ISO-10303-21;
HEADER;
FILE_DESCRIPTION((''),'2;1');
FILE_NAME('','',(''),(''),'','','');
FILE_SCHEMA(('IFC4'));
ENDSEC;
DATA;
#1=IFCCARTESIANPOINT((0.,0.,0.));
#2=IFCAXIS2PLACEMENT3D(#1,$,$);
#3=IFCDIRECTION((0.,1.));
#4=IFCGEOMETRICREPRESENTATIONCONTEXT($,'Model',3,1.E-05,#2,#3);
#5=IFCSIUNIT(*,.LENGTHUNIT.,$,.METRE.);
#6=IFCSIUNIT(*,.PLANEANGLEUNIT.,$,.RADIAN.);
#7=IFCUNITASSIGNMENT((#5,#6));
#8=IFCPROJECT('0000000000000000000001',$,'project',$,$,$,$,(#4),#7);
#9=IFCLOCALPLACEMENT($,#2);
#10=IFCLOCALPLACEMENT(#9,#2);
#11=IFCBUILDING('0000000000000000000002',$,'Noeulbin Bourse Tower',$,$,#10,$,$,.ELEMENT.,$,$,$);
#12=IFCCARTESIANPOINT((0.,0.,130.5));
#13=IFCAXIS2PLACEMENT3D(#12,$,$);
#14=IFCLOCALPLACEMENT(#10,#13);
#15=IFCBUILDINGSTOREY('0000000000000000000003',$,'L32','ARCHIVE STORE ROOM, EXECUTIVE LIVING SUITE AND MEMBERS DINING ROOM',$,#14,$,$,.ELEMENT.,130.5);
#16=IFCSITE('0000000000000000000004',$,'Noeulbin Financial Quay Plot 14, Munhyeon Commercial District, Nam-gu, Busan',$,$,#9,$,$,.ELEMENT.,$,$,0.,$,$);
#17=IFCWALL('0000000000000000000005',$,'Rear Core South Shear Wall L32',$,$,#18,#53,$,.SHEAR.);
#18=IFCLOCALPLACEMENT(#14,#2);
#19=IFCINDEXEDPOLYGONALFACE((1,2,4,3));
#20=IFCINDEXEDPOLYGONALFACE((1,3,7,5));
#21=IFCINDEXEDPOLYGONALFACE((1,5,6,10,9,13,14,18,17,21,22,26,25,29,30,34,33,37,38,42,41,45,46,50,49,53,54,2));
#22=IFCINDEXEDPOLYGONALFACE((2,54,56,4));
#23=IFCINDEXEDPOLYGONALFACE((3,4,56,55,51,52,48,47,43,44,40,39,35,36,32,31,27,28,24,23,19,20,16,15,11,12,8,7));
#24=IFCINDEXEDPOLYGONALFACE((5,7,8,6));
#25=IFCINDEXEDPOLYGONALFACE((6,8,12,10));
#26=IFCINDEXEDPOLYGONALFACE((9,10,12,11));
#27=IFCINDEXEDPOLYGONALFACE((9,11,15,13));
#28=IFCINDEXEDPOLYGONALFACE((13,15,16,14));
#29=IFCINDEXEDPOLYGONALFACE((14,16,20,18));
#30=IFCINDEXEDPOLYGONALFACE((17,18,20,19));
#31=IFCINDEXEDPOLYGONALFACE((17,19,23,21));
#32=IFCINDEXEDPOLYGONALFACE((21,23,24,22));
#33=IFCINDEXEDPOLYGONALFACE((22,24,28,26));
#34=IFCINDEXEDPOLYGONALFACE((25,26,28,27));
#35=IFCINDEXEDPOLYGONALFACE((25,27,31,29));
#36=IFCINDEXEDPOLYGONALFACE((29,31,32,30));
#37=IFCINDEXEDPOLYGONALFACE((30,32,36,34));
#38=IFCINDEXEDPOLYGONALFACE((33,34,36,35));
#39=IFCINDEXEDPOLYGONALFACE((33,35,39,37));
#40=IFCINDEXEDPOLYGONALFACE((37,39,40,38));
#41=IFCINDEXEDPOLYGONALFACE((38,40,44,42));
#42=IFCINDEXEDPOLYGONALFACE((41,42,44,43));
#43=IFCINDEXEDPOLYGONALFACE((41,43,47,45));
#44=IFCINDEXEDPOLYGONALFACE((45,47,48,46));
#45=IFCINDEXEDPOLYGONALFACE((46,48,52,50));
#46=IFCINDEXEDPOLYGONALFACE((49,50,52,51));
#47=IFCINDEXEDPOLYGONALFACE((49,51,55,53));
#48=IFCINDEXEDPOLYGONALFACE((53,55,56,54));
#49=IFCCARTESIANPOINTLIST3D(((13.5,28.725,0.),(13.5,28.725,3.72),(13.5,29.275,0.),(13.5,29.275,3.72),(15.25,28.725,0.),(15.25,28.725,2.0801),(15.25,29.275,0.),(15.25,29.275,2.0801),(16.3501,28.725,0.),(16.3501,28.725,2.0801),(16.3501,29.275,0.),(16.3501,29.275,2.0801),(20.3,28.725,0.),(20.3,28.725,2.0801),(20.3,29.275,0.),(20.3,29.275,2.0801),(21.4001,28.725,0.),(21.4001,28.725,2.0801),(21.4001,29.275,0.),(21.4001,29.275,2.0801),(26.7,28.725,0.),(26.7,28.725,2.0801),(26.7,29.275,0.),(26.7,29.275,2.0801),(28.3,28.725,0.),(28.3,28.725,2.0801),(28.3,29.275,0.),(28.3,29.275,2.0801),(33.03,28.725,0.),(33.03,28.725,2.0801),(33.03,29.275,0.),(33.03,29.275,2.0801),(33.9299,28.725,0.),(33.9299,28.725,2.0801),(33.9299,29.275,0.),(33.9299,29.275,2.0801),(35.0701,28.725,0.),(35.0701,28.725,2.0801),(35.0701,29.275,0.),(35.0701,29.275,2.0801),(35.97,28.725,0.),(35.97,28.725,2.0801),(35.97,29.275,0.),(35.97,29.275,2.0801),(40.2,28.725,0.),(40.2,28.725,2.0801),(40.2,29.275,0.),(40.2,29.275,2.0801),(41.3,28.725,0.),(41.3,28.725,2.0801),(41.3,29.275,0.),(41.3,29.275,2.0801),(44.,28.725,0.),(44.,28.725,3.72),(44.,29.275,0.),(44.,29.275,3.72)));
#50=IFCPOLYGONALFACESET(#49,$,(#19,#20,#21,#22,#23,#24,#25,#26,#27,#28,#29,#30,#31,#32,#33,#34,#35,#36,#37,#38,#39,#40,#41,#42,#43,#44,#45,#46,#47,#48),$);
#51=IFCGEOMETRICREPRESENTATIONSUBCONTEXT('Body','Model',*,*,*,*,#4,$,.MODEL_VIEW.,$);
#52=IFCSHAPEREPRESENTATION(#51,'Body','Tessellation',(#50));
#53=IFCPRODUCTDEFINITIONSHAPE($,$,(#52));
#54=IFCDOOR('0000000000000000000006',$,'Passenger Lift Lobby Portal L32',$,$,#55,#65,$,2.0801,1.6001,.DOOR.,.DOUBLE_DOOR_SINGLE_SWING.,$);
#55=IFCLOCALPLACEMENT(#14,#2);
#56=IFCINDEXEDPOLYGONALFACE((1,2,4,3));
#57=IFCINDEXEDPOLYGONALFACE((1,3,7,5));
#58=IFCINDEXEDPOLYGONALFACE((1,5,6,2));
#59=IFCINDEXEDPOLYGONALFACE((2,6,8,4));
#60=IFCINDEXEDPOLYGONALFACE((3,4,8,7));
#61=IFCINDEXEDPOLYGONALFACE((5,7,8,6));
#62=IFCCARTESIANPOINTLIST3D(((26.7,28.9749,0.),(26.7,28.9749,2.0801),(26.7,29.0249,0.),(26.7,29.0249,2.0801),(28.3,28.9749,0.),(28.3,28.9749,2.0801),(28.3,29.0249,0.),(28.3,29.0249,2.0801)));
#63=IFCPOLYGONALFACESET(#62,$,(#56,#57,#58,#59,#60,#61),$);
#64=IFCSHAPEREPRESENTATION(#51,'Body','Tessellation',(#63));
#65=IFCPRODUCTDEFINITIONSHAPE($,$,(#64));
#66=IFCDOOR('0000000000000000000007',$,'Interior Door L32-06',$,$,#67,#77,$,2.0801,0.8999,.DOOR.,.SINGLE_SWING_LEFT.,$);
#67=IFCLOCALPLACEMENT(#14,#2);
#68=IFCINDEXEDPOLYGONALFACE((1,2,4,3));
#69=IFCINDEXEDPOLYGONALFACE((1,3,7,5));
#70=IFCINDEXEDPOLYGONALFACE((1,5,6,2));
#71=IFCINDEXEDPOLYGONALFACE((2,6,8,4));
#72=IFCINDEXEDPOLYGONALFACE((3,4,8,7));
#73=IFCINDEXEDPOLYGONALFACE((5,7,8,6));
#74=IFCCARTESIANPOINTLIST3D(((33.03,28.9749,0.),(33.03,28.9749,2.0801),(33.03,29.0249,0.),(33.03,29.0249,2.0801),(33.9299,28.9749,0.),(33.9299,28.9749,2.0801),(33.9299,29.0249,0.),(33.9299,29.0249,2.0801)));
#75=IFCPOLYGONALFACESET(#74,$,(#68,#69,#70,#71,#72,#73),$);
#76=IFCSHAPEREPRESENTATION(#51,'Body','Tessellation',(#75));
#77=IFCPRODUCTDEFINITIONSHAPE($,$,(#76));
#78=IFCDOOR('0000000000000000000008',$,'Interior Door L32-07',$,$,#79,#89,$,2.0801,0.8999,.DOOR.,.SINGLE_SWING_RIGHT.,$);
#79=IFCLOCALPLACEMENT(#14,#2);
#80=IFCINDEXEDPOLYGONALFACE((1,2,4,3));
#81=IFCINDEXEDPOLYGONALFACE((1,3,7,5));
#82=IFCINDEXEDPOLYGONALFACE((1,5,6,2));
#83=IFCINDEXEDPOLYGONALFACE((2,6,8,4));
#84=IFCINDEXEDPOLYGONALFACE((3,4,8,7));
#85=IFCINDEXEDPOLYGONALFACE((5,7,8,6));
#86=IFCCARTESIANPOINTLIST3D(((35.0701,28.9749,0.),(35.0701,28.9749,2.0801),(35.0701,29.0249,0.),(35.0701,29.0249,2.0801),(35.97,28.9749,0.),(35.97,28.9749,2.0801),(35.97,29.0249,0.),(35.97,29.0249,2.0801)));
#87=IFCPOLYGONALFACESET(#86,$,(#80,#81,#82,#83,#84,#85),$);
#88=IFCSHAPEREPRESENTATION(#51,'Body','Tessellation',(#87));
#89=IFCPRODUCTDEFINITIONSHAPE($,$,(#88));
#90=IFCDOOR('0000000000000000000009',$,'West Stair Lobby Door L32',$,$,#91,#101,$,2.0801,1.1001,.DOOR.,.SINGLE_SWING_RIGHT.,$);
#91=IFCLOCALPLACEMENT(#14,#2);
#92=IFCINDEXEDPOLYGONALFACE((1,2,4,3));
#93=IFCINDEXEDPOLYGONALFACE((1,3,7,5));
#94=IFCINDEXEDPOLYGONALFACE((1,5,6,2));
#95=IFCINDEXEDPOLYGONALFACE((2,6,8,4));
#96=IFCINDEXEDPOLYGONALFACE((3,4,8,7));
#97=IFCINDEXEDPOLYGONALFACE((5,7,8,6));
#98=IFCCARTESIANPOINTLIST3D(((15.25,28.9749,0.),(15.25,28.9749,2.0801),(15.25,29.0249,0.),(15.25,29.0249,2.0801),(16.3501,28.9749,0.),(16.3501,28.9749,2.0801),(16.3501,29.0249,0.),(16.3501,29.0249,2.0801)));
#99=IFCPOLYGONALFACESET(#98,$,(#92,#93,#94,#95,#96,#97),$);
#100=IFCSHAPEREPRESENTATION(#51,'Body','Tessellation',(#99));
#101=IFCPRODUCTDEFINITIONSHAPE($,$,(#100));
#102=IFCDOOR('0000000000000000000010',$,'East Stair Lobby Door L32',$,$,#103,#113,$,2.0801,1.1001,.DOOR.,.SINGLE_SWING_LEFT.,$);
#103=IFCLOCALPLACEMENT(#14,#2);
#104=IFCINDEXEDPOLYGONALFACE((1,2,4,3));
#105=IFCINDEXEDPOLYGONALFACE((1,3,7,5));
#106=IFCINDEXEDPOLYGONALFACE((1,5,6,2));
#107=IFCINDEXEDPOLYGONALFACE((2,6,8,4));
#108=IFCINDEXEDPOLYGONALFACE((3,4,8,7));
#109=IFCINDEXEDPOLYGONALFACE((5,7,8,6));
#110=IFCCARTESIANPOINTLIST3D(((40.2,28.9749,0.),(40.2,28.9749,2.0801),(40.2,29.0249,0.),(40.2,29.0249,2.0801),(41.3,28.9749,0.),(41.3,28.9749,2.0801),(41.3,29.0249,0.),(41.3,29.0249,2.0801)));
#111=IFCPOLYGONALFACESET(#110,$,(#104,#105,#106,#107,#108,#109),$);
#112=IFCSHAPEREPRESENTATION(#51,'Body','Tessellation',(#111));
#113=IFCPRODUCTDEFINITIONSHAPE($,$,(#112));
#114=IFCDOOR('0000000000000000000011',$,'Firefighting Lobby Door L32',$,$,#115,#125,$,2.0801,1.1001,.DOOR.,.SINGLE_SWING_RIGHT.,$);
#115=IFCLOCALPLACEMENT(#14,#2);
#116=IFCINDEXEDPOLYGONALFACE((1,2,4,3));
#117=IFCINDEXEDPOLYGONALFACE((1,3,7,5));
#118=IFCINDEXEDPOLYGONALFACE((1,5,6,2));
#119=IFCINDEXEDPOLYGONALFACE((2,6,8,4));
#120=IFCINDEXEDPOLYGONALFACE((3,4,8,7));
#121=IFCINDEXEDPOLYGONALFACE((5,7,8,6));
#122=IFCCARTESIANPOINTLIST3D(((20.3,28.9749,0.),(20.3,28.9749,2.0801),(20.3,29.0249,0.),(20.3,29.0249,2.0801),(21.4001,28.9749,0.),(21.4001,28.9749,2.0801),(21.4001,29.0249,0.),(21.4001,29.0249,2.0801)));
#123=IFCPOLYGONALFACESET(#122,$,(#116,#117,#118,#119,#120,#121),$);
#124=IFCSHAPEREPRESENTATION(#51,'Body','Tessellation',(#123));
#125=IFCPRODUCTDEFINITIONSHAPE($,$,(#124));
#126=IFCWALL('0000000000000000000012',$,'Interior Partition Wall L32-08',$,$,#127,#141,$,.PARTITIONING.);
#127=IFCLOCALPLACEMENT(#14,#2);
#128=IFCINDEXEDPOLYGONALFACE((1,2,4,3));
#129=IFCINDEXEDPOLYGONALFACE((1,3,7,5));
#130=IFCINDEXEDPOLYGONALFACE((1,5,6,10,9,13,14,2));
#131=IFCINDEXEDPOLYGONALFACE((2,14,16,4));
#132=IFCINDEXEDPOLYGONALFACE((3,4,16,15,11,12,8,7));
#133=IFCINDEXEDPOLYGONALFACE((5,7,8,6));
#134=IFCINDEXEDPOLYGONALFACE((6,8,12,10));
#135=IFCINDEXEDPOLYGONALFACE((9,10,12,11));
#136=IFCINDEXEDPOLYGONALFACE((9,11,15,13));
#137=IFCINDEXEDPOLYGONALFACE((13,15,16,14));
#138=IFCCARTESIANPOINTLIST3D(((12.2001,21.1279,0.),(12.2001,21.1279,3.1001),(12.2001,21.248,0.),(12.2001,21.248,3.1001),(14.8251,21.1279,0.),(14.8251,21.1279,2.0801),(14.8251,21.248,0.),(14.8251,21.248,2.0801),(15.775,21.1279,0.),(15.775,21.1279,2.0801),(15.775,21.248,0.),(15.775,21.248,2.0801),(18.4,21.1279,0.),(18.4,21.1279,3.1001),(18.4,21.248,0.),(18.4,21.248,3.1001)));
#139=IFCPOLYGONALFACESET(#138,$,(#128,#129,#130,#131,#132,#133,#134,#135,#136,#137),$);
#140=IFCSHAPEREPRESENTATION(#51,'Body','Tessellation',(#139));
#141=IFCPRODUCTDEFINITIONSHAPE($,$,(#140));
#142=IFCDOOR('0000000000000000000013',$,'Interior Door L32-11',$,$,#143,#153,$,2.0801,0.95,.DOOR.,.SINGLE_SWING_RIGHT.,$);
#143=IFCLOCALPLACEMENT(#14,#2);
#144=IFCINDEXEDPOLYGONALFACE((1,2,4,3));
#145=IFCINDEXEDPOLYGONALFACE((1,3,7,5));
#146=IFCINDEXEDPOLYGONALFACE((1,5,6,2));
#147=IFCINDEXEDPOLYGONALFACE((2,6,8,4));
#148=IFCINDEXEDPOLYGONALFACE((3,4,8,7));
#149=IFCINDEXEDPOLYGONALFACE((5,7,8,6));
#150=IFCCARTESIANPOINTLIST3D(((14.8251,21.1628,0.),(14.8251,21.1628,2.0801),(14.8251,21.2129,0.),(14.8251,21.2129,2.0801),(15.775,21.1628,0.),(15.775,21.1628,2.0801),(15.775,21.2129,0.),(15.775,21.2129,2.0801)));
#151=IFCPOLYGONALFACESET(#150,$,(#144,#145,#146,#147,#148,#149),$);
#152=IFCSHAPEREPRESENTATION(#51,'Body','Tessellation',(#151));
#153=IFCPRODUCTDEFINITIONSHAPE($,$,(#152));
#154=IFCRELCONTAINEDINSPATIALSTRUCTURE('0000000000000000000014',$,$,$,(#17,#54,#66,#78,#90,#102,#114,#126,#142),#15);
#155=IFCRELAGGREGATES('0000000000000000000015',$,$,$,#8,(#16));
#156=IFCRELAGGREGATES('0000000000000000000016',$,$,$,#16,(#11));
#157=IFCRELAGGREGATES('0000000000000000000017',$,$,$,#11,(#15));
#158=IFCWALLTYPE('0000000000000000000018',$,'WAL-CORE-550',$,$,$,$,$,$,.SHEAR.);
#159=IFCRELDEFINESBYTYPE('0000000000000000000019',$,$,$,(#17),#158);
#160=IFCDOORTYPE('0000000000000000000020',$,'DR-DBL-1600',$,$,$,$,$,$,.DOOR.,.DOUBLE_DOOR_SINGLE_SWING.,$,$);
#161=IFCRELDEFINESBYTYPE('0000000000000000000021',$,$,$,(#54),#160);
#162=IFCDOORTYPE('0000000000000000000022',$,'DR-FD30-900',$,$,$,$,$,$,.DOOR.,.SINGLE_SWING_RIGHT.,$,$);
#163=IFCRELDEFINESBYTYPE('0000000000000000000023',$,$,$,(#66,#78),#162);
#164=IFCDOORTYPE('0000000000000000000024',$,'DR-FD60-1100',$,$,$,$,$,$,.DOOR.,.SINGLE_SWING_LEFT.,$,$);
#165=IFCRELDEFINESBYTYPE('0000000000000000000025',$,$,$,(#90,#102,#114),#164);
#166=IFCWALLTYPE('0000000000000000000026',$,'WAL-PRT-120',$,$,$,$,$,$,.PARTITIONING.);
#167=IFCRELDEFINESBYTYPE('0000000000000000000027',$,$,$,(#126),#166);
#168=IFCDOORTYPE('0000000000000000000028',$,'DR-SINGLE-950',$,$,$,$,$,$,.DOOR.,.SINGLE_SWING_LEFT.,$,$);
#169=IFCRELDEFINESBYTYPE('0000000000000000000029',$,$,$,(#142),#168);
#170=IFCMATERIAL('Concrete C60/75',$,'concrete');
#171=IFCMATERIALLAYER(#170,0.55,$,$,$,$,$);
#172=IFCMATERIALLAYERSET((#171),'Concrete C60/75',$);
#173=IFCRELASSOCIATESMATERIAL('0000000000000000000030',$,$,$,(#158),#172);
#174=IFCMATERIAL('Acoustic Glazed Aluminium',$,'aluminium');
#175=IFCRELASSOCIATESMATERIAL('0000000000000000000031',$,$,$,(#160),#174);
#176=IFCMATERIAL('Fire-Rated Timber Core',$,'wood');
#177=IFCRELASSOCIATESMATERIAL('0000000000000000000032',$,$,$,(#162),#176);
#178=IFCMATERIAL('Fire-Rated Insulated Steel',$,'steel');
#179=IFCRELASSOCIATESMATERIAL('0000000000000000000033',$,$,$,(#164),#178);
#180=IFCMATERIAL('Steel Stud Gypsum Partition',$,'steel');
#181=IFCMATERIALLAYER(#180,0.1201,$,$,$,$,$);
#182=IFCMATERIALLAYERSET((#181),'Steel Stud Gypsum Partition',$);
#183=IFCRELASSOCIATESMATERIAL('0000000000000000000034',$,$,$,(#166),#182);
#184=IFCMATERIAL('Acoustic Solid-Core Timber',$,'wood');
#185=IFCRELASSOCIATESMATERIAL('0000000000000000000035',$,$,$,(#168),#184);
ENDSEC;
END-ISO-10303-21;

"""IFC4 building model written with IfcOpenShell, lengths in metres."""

from ifc_helpers import new_model, si_unit, direction, frame, frame_2d, origin, place, context, subcontext, project, spatial, rectangle, extrude, material, layer, layer_set, type_object, element, fill, save


model = new_model("IFC4")

# Units and contexts
model_context = context("Model", 3, precision=1e-05, world=origin(), true_north=direction((0.0, 1.0)))
body_context = subcontext(model_context, "Body", "Model", "MODEL_VIEW")
ifc_project = project(units=[si_unit("LENGTHUNIT", "METRE"), si_unit("PLANEANGLEUNIT", "RADIAN")], contexts=[model_context])

# Site, building, storey
site_placement = place(None, origin())
site = spatial("IfcSite", under=ifc_project, at=site_placement, Name="Noeulbin Financial Quay Plot 14, Munhyeon Commercial District, Nam-gu, Busan", CompositionType="ELEMENT", RefElevation=0.0)
building_placement = place(site_placement, origin())
building = spatial("IfcBuilding", under=site, at=building_placement, Name="Noeulbin Bourse Tower", CompositionType="ELEMENT")
storey_placement = place(building_placement, frame((0.0, 0.0, 130.5)))
storey = spatial("IfcBuildingStorey", under=building, at=storey_placement, Name="L32", Description="ARCHIVE STORE ROOM, EXECUTIVE LIVING SUITE AND MEMBERS DINING ROOM", CompositionType="ELEMENT", Elevation=130.5)

# Wall, openings, doors
ifc_material_1 = material(Name="Concrete C60/75", Category="concrete")
ifc_layer_1 = layer(ifc_material_1, 0.55)
ifc_layer_set_1 = layer_set([ifc_layer_1], Name="Concrete C60/75")
wall_type_1 = type_object("IfcWallType", Name="WAL-CORE-550", PredefinedType="SHEAR", material=ifc_layer_set_1)
wall_1_placement = place(storey_placement, frame((13.5, 29.0, 0.0), z_axis=(0.0, 0.0, 1.0), x_axis=(1.0, 0.0, 0.0)))
wall_1 = element("IfcWall", 1, at=wall_1_placement, inside=storey, type_object=wall_type_1, Name="Rear Core South Shear Wall L32", PredefinedType="SHEAR", context=body_context, shape_type="SweptSolid", body=[
    extrude(rectangle(XDim=30.5, YDim=0.55, at=frame_2d((15.25, 0.0))), origin(), (0.0, 0.0, 1.0), 3.72),
])
opening_1_placement = place(wall_1_placement, frame((1.75, 0.0, 0.0)))
opening_1 = element("IfcOpeningElement", 2, at=opening_1_placement, cuts=wall_1, PredefinedType="OPENING", context=body_context, shape_type="SweptSolid", body=[
    extrude(rectangle(XDim=1.1001, YDim=2.0801, at=frame_2d((0.55, 1.04))), frame((0.0, 0.2849, 0.0), z_axis=(0.0, -1.0, 0.0), x_axis=(1.0, 0.0, 0.0)), (0.0, 0.0, 1.0), 0.5701),
])
opening_2_placement = place(wall_1_placement, frame((26.7, 0.0, 0.0)))
opening_2 = element("IfcOpeningElement", 3, at=opening_2_placement, cuts=wall_1, PredefinedType="OPENING", context=body_context, shape_type="SweptSolid", body=[
    extrude(rectangle(XDim=1.1001, YDim=2.0801, at=frame_2d((0.55, 1.04))), frame((0.0, 0.2849, 0.0), z_axis=(0.0, -1.0, 0.0), x_axis=(1.0, 0.0, 0.0)), (0.0, 0.0, 1.0), 0.5701),
])
opening_3_placement = place(wall_1_placement, frame((6.8, 0.0, 0.0)))
opening_3 = element("IfcOpeningElement", 4, at=opening_3_placement, cuts=wall_1, PredefinedType="OPENING", context=body_context, shape_type="SweptSolid", body=[
    extrude(rectangle(XDim=1.1001, YDim=2.0801, at=frame_2d((0.55, 1.04))), frame((0.0, 0.2849, 0.0), z_axis=(0.0, -1.0, 0.0), x_axis=(1.0, 0.0, 0.0)), (0.0, 0.0, 1.0), 0.5701),
])
opening_4_placement = place(wall_1_placement, frame((13.2, 0.0, 0.0)))
opening_4 = element("IfcOpeningElement", 5, at=opening_4_placement, cuts=wall_1, PredefinedType="OPENING", context=body_context, shape_type="SweptSolid", body=[
    extrude(rectangle(XDim=1.6001, YDim=2.0801, at=frame_2d((0.8, 1.04))), frame((0.0, 0.2849, 0.0), z_axis=(0.0, -1.0, 0.0), x_axis=(1.0, 0.0, 0.0)), (0.0, 0.0, 1.0), 0.5701),
])
opening_5_placement = place(wall_1_placement, frame((19.53, 0.0, 0.0)))
opening_5 = element("IfcOpeningElement", 6, at=opening_5_placement, cuts=wall_1, PredefinedType="OPENING", context=body_context, shape_type="SweptSolid", body=[
    extrude(rectangle(XDim=0.8999, YDim=2.0801, at=frame_2d((0.45, 1.04))), frame((0.0, 0.2849, 0.0), z_axis=(0.0, -1.0, 0.0), x_axis=(1.0, 0.0, 0.0)), (0.0, 0.0, 1.0), 0.5701),
])
opening_6_placement = place(wall_1_placement, frame((21.5701, 0.0, 0.0)))
opening_6 = element("IfcOpeningElement", 7, at=opening_6_placement, cuts=wall_1, PredefinedType="OPENING", context=body_context, shape_type="SweptSolid", body=[
    extrude(rectangle(XDim=0.8999, YDim=2.0801, at=frame_2d((0.45, 1.04))), frame((0.0, 0.2849, 0.0), z_axis=(0.0, -1.0, 0.0), x_axis=(1.0, 0.0, 0.0)), (0.0, 0.0, 1.0), 0.5701),
])
ifc_material_2 = material(Name="Acoustic Glazed Aluminium", Category="aluminium")
door_type_1 = type_object("IfcDoorType", Name="DR-DBL-1600", OperationType="DOUBLE_DOOR_SINGLE_SWING", PredefinedType="DOOR", material=ifc_material_2)
door_1_placement = place(opening_4_placement, origin())
door_1 = element("IfcDoor", 8, at=door_1_placement, inside=storey, type_object=door_type_1, Name="Passenger Lift Lobby Portal L32", OperationType="DOUBLE_DOOR_SINGLE_SWING", OverallHeight=2.0801, OverallWidth=1.6001, PredefinedType="DOOR", context=body_context, shape_type="SweptSolid", body=[
    extrude(rectangle(XDim=1.6001, YDim=2.0801, at=frame_2d((0.8, 1.04))), frame((0.0, 0.0249, 0.0), z_axis=(0.0, -1.0, 0.0), x_axis=(1.0, 0.0, 0.0)), (0.0, 0.0, 1.0), 0.05),
])
fill(opening_4, door_1)
ifc_material_3 = material(Name="Fire-Rated Timber Core", Category="wood")
door_type_2 = type_object("IfcDoorType", Name="DR-FD30-900", OperationType="SINGLE_SWING_RIGHT", PredefinedType="DOOR", material=ifc_material_3)
door_2_placement = place(opening_5_placement, origin())
door_2 = element("IfcDoor", 9, at=door_2_placement, inside=storey, type_object=door_type_2, Name="Interior Door L32-06", OperationType="SINGLE_SWING_LEFT", OverallHeight=2.0801, OverallWidth=0.8999, PredefinedType="DOOR", context=body_context, shape_type="SweptSolid", body=[
    extrude(rectangle(XDim=0.8999, YDim=2.0801, at=frame_2d((0.45, 1.04))), frame((0.0, 0.0249, 0.0), z_axis=(0.0, -1.0, 0.0), x_axis=(1.0, 0.0, 0.0)), (0.0, 0.0, 1.0), 0.05),
])
fill(opening_5, door_2)
door_3_placement = place(opening_6_placement, origin())
door_3 = element("IfcDoor", 10, at=door_3_placement, inside=storey, type_object=door_type_2, Name="Interior Door L32-07", OperationType="SINGLE_SWING_RIGHT", OverallHeight=2.0801, OverallWidth=0.8999, PredefinedType="DOOR", context=body_context, shape_type="SweptSolid", body=[
    extrude(rectangle(XDim=0.8999, YDim=2.0801, at=frame_2d((0.45, 1.04))), frame((0.0, 0.0249, 0.0), z_axis=(0.0, -1.0, 0.0), x_axis=(1.0, 0.0, 0.0)), (0.0, 0.0, 1.0), 0.05),
])
fill(opening_6, door_3)
ifc_material_4 = material(Name="Fire-Rated Insulated Steel", Category="steel")
door_type_3 = type_object("IfcDoorType", Name="DR-FD60-1100", OperationType="SINGLE_SWING_LEFT", PredefinedType="DOOR", material=ifc_material_4)
door_4_placement = place(opening_1_placement, origin())
door_4 = element("IfcDoor", 11, at=door_4_placement, inside=storey, type_object=door_type_3, Name="West Stair Lobby Door L32", OperationType="SINGLE_SWING_RIGHT", OverallHeight=2.0801, OverallWidth=1.1001, PredefinedType="DOOR", context=body_context, shape_type="SweptSolid", body=[
    extrude(rectangle(XDim=1.1001, YDim=2.0801, at=frame_2d((0.55, 1.04))), frame((0.0, 0.0249, 0.0), z_axis=(0.0, -1.0, 0.0), x_axis=(1.0, 0.0, 0.0)), (0.0, 0.0, 1.0), 0.05),
])
fill(opening_1, door_4)
door_5_placement = place(opening_2_placement, origin())
door_5 = element("IfcDoor", 12, at=door_5_placement, inside=storey, type_object=door_type_3, Name="East Stair Lobby Door L32", OperationType="SINGLE_SWING_LEFT", OverallHeight=2.0801, OverallWidth=1.1001, PredefinedType="DOOR", context=body_context, shape_type="SweptSolid", body=[
    extrude(rectangle(XDim=1.1001, YDim=2.0801, at=frame_2d((0.55, 1.04))), frame((0.0, 0.0249, 0.0), z_axis=(0.0, -1.0, 0.0), x_axis=(1.0, 0.0, 0.0)), (0.0, 0.0, 1.0), 0.05),
])
fill(opening_2, door_5)
door_6_placement = place(opening_3_placement, origin())
door_6 = element("IfcDoor", 13, at=door_6_placement, inside=storey, type_object=door_type_3, Name="Firefighting Lobby Door L32", OperationType="SINGLE_SWING_RIGHT", OverallHeight=2.0801, OverallWidth=1.1001, PredefinedType="DOOR", context=body_context, shape_type="SweptSolid", body=[
    extrude(rectangle(XDim=1.1001, YDim=2.0801, at=frame_2d((0.55, 1.04))), frame((0.0, 0.0249, 0.0), z_axis=(0.0, -1.0, 0.0), x_axis=(1.0, 0.0, 0.0)), (0.0, 0.0, 1.0), 0.05),
])
fill(opening_3, door_6)

# Wall, opening, door
ifc_material_5 = material(Name="Steel Stud Gypsum Partition", Category="steel")
ifc_layer_2 = layer(ifc_material_5, 0.1201)
ifc_layer_set_2 = layer_set([ifc_layer_2], Name="Steel Stud Gypsum Partition")
wall_type_2 = type_object("IfcWallType", Name="WAL-PRT-120", PredefinedType="PARTITIONING", material=ifc_layer_set_2)
wall_2_placement = place(storey_placement, frame((12.2, 21.188, 0.0), z_axis=(0.0, 0.0, 1.0), x_axis=(1.0, 0.0, 0.0)))
wall_2 = element("IfcWall", 14, at=wall_2_placement, inside=storey, type_object=wall_type_2, Name="Interior Partition Wall L32-08", PredefinedType="PARTITIONING", context=body_context, shape_type="SweptSolid", body=[
    extrude(rectangle(XDim=6.2, YDim=0.1201, at=frame_2d((3.1001, 0.0))), origin(), (0.0, 0.0, 1.0), 3.1001),
])
opening_7_placement = place(wall_2_placement, frame((2.625, 0.0, 0.0)))
opening_7 = element("IfcOpeningElement", 15, at=opening_7_placement, cuts=wall_2, PredefinedType="OPENING", context=body_context, shape_type="SweptSolid", body=[
    extrude(rectangle(XDim=0.95, YDim=2.0801, at=frame_2d((0.4751, 1.04))), frame((0.0, 0.0701, 0.0), z_axis=(0.0, -1.0, 0.0), x_axis=(1.0, 0.0, 0.0)), (0.0, 0.0, 1.0), 0.1401),
])
ifc_material_6 = material(Name="Acoustic Solid-Core Timber", Category="wood")
door_type_4 = type_object("IfcDoorType", Name="DR-SINGLE-950", OperationType="SINGLE_SWING_LEFT", PredefinedType="DOOR", material=ifc_material_6)
door_7_placement = place(opening_7_placement, origin())
door_7 = element("IfcDoor", 16, at=door_7_placement, inside=storey, type_object=door_type_4, Name="Interior Door L32-11", OperationType="SINGLE_SWING_RIGHT", OverallHeight=2.0801, OverallWidth=0.95, PredefinedType="DOOR", context=body_context, shape_type="SweptSolid", body=[
    extrude(rectangle(XDim=0.95, YDim=2.0801, at=frame_2d((0.4751, 1.04))), frame((0.0, 0.0249, 0.0), z_axis=(0.0, -1.0, 0.0), x_axis=(1.0, 0.0, 0.0)), (0.0, 0.0, 1.0), 0.05),
])
fill(opening_7, door_7)

save(model, "model.ifc")
